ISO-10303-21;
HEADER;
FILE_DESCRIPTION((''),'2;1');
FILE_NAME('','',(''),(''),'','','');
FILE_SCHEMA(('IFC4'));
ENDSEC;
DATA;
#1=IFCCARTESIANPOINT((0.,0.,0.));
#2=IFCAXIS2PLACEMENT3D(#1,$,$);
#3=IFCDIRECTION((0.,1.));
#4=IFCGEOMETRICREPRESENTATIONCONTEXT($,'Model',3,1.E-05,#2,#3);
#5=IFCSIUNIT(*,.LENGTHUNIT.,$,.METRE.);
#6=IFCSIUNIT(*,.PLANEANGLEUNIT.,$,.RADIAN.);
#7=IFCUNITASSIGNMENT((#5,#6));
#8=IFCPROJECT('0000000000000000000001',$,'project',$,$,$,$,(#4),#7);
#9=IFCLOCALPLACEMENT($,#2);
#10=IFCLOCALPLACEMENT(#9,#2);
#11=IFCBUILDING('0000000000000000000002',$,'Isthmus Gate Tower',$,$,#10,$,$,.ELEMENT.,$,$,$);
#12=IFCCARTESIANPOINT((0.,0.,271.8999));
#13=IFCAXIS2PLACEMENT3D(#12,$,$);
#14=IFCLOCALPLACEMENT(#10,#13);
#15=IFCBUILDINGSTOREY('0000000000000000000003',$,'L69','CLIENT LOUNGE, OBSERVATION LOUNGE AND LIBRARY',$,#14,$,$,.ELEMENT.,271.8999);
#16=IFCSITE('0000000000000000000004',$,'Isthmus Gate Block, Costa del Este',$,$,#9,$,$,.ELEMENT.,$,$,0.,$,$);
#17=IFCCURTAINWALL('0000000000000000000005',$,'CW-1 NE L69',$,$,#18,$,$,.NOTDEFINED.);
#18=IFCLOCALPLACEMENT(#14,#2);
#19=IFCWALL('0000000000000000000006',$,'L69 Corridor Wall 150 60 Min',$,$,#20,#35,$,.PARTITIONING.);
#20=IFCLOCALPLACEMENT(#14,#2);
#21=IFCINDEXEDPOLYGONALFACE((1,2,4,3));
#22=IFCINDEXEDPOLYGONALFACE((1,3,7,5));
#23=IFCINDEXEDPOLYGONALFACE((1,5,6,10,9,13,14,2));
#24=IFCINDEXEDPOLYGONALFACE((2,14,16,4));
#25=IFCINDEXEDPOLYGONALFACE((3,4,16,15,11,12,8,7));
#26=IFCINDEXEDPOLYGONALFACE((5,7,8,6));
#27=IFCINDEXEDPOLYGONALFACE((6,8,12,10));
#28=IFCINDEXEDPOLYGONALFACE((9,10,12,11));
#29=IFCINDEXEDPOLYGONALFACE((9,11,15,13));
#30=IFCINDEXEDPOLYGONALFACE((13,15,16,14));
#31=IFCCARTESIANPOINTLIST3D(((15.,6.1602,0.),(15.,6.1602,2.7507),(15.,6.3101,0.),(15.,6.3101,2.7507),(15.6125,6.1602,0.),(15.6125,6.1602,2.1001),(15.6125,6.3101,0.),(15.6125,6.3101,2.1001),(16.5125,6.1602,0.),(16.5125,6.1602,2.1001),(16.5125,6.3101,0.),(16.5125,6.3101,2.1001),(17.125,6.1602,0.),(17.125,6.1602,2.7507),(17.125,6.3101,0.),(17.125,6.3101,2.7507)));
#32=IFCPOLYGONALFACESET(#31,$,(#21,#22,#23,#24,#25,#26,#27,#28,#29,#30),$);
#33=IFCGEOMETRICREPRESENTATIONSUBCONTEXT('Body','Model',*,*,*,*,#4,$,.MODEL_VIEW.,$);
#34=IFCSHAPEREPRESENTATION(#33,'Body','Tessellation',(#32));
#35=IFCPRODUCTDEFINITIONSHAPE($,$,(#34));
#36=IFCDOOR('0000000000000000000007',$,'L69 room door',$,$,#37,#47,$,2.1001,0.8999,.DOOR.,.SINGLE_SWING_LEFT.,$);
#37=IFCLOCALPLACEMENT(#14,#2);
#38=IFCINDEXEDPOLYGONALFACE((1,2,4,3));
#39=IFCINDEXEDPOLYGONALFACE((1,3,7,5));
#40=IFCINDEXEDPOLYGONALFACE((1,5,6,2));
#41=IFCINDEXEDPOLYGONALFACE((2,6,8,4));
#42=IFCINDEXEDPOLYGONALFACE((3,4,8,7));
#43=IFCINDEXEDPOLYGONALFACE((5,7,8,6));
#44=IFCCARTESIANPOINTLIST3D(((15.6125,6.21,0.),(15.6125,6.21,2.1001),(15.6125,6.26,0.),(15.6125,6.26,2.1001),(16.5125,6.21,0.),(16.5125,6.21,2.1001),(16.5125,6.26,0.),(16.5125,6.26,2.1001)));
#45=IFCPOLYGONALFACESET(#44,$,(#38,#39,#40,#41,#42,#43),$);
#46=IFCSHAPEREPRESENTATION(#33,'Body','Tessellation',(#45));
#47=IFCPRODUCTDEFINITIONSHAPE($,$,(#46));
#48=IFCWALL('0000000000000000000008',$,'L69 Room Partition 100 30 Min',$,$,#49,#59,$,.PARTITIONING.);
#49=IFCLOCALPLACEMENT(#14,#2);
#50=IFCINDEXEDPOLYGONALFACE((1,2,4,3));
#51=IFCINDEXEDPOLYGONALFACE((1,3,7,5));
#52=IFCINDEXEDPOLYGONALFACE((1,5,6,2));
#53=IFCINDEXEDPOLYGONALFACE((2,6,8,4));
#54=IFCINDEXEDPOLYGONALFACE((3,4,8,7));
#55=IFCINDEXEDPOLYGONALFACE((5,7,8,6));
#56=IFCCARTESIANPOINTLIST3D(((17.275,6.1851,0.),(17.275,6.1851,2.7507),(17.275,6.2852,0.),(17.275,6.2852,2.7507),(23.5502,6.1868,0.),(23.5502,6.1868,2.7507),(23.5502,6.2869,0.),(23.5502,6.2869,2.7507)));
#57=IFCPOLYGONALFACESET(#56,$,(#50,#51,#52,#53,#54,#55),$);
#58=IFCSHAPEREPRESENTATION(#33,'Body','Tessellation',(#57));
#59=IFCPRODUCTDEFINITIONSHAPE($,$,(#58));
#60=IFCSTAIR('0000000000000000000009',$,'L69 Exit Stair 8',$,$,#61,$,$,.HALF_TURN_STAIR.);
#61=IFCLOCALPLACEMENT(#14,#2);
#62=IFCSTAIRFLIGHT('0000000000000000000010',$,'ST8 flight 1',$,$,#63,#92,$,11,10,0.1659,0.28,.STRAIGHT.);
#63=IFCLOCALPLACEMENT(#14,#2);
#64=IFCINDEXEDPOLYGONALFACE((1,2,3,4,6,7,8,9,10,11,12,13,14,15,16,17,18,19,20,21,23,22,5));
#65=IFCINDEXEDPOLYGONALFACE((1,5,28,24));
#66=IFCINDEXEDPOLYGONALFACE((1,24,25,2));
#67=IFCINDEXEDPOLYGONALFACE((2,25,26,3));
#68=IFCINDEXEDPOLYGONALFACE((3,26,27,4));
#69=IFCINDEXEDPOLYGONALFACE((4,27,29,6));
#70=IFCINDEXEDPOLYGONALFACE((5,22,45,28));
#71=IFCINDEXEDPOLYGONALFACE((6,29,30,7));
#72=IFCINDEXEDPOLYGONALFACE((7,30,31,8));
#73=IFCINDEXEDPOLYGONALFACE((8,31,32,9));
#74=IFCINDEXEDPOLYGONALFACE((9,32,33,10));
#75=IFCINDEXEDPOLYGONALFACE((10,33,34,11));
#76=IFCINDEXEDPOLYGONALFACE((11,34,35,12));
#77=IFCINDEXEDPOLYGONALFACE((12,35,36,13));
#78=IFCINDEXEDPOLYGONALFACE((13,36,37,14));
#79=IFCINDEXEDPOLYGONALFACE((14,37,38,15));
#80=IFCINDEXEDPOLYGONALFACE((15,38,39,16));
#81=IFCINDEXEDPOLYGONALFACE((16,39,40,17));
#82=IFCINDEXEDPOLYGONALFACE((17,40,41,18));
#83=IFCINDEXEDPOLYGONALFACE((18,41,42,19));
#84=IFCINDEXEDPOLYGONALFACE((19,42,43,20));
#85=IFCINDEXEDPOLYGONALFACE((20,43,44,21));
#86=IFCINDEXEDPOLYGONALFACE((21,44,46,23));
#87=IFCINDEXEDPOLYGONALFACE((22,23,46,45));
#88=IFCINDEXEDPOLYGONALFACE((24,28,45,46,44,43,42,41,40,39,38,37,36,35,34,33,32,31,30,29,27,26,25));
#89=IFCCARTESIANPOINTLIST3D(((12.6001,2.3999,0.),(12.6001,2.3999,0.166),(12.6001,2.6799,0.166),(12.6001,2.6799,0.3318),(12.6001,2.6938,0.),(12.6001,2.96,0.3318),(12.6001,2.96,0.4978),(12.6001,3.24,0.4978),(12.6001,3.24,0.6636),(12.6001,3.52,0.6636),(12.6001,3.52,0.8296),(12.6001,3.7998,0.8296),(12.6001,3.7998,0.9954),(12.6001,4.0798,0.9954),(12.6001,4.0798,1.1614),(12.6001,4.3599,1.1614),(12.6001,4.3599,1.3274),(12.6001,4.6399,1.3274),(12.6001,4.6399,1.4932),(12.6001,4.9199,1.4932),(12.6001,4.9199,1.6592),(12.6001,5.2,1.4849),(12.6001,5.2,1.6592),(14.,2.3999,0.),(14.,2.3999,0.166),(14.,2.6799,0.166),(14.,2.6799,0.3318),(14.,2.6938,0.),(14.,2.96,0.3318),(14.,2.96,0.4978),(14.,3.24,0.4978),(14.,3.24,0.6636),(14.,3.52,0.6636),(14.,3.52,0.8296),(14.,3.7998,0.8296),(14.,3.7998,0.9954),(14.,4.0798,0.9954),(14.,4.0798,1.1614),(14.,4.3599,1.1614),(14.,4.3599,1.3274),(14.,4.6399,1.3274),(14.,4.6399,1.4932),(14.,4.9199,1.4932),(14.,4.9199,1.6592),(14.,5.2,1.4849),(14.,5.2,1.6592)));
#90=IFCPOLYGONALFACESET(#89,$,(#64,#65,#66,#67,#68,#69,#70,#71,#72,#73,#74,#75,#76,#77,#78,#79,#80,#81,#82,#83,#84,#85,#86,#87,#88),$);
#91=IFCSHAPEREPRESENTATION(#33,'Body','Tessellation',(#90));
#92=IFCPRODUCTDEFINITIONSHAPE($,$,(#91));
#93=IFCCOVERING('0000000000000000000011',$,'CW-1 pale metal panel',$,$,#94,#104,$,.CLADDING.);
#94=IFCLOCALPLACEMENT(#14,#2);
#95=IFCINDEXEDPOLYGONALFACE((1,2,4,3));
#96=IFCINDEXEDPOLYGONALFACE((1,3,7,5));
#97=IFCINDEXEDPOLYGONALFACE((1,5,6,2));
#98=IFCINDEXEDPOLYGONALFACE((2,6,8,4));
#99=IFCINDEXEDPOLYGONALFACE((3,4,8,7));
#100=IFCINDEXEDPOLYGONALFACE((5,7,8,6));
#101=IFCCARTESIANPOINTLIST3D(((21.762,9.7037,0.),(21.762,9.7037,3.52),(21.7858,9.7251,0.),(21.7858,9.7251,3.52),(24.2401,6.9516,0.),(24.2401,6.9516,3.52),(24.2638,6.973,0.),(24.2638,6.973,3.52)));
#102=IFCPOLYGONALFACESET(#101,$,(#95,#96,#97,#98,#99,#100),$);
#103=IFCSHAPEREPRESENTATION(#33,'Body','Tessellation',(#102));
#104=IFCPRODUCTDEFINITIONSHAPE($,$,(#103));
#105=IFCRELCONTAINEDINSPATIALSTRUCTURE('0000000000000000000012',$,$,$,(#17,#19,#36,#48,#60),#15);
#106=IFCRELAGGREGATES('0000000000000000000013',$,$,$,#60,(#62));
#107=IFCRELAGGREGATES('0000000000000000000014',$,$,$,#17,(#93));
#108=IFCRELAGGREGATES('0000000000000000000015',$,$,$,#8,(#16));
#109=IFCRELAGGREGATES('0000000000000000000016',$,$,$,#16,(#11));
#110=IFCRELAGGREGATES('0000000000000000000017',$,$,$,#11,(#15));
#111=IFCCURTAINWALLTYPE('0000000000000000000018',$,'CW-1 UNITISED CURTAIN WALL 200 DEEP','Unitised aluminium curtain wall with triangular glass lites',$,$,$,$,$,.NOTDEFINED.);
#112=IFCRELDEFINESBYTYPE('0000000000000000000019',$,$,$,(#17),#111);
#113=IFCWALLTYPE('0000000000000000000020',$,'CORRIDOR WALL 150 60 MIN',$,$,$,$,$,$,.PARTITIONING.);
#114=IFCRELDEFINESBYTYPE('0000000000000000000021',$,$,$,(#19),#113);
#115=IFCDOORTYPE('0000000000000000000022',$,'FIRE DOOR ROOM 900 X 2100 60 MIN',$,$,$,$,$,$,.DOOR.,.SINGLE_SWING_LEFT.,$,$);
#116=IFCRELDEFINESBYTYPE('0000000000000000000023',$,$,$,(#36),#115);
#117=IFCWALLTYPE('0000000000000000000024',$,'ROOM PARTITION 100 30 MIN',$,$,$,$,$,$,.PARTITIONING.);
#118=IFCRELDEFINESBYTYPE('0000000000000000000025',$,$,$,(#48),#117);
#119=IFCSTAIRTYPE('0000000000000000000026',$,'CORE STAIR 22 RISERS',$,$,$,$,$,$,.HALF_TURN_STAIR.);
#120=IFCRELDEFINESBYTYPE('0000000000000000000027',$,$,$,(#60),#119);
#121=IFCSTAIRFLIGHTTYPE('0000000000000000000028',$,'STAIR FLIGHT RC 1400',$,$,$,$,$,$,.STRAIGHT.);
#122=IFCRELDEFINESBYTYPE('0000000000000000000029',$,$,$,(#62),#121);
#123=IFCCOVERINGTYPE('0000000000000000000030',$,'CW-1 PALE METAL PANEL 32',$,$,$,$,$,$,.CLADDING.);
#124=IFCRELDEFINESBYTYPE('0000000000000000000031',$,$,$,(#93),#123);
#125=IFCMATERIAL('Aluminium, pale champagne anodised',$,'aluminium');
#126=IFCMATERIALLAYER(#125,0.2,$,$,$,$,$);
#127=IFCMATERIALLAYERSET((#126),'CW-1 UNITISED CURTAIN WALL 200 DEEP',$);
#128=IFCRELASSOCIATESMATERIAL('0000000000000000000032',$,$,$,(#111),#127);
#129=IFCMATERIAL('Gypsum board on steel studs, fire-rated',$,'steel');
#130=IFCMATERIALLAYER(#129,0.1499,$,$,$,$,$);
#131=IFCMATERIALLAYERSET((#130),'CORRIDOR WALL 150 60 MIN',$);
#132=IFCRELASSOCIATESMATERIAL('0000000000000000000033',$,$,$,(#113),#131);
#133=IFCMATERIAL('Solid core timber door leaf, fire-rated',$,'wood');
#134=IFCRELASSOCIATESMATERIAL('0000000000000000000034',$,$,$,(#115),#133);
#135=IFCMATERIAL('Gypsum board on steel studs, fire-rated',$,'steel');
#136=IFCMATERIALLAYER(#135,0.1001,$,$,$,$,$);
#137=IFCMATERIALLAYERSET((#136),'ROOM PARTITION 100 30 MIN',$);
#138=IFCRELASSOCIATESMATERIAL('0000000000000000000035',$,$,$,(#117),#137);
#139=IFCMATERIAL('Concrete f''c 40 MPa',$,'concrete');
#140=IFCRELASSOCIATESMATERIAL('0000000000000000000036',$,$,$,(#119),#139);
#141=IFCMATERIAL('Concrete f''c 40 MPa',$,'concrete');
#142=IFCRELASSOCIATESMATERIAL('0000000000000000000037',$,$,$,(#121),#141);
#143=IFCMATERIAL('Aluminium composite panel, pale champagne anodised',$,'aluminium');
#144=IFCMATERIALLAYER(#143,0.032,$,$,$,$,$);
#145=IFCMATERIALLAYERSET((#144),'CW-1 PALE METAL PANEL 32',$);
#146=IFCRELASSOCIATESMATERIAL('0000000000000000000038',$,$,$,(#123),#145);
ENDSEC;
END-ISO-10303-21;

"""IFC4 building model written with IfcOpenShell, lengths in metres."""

from ifc_helpers import new_model, si_unit, direction, frame, frame_2d, origin, origin_2d, place, context, subcontext, project, spatial, polyline, rectangle, outline, extrude, material, layer, layer_set, type_object, element, fill, aggregate, save


model = new_model("IFC4")

# Units and contexts
model_context = context("Model", 3, precision=1e-05, world=origin(), true_north=direction((0.0, 1.0)))
body_context = subcontext(model_context, "Body", "Model", "MODEL_VIEW")
ifc_project = project(units=[si_unit("LENGTHUNIT", "METRE"), si_unit("PLANEANGLEUNIT", "RADIAN")], contexts=[model_context])

# Site, building, storey
site_placement = place(None, origin())
site = spatial("IfcSite", under=ifc_project, at=site_placement, Name="Isthmus Gate Block, Costa del Este", CompositionType="ELEMENT", RefElevation=0.0)
building_placement = place(site_placement, origin())
building = spatial("IfcBuilding", under=site, at=building_placement, Name="Isthmus Gate Tower", CompositionType="ELEMENT")
storey_placement = place(building_placement, frame((0.0, 0.0, 271.8999)))
storey = spatial("IfcBuildingStorey", under=building, at=storey_placement, Name="L69", Description="CLIENT LOUNGE, OBSERVATION LOUNGE AND LIBRARY", CompositionType="ELEMENT", Elevation=271.8999)

# Curtain wall
ifc_material_1 = material(Name="Aluminium, pale champagne anodised", Category="aluminium")
ifc_layer_1 = layer(ifc_material_1, 0.2)
ifc_layer_set_1 = layer_set([ifc_layer_1], Name="CW-1 UNITISED CURTAIN WALL 200 DEEP")
curtain_wall_type = type_object("IfcCurtainWallType", Name="CW-1 UNITISED CURTAIN WALL 200 DEEP", Description="Unitised aluminium curtain wall with triangular glass lites", PredefinedType="NOTDEFINED", material=ifc_layer_set_1)
curtain_wall_1_placement = place(storey_placement, origin())
curtain_wall_1 = element("IfcCurtainWall", 1, at=curtain_wall_1_placement, inside=storey, type_object=curtain_wall_type, Name="CW-1 NE L69", PredefinedType="NOTDEFINED")

# Wall, opening, door
ifc_material_2 = material(Name="Gypsum board on steel studs, fire-rated", Category="steel")
ifc_layer_2 = layer(ifc_material_2, 0.1499)
ifc_layer_set_2 = layer_set([ifc_layer_2], Name="CORRIDOR WALL 150 60 MIN")
wall_type_1 = type_object("IfcWallType", Name="CORRIDOR WALL 150 60 MIN", PredefinedType="PARTITIONING", material=ifc_layer_set_2)
wall_1_placement = place(storey_placement, frame((15.0, 6.2351, 0.0), z_axis=(0.0, 0.0, 1.0), x_axis=(1.0, 0.0, 0.0)))
wall_1 = element("IfcWall", 2, at=wall_1_placement, inside=storey, type_object=wall_type_1, Name="L69 Corridor Wall 150 60 Min", PredefinedType="PARTITIONING", context=body_context, shape_type="SweptSolid", body=[
    extrude(rectangle(XDim=2.125, YDim=0.1499, at=frame_2d((1.0625, 0.0))), origin(), (0.0, 0.0, 1.0), 2.7507),
])
opening_1_placement = place(wall_1_placement, frame((0.6125, 0.0, 0.0)))
opening_1 = element("IfcOpeningElement", 3, at=opening_1_placement, cuts=wall_1, PredefinedType="OPENING", context=body_context, shape_type="SweptSolid", body=[
    extrude(rectangle(XDim=0.8999, YDim=2.1001, at=frame_2d((0.45, 1.05))), frame((0.0, 0.085, 0.0), z_axis=(0.0, -1.0, 0.0), x_axis=(1.0, 0.0, 0.0)), (0.0, 0.0, 1.0), 0.1699),
])
ifc_material_3 = material(Name="Solid core timber door leaf, fire-rated", Category="wood")
door_type_1 = type_object("IfcDoorType", Name="FIRE DOOR ROOM 900 X 2100 60 MIN", OperationType="SINGLE_SWING_LEFT", PredefinedType="DOOR", material=ifc_material_3)
door_1_placement = place(opening_1_placement, origin())
door_1 = element("IfcDoor", 4, at=door_1_placement, inside=storey, type_object=door_type_1, Name="L69 room door", OperationType="SINGLE_SWING_LEFT", OverallHeight=2.1001, OverallWidth=0.8999, PredefinedType="DOOR", context=body_context, shape_type="SweptSolid", body=[
    extrude(rectangle(XDim=0.8999, YDim=2.1001, at=frame_2d((0.45, 1.05))), frame((0.0, 0.0249, 0.0), z_axis=(0.0, -1.0, 0.0), x_axis=(1.0, 0.0, 0.0)), (0.0, 0.0, 1.0), 0.05),
])
fill(opening_1, door_1)

# Wall
ifc_material_4 = material(Name="Gypsum board on steel studs, fire-rated", Category="steel")
ifc_layer_3 = layer(ifc_material_4, 0.1001)
ifc_layer_set_3 = layer_set([ifc_layer_3], Name="ROOM PARTITION 100 30 MIN")
wall_type_2 = type_object("IfcWallType", Name="ROOM PARTITION 100 30 MIN", PredefinedType="PARTITIONING", material=ifc_layer_set_3)
wall_2_placement = place(storey_placement, frame((17.2749, 6.2351, 0.0), z_axis=(0.0, 0.0, 1.0), x_axis=(1.0, 0.000272, 0.0)))
element("IfcWall", 5, at=wall_2_placement, inside=storey, type_object=wall_type_2, Name="L69 Room Partition 100 30 Min", PredefinedType="PARTITIONING", context=body_context, shape_type="SweptSolid", body=[
    extrude(rectangle(XDim=6.2751, YDim=0.1001, at=frame_2d((3.1377, 0.0))), origin(), (0.0, 0.0, 1.0), 2.7507),
])

# Stair, stair flight
ifc_material_5 = material(Name="Concrete f'c 40 MPa", Category="concrete")
stair_type = type_object("IfcStairType", Name="CORE STAIR 22 RISERS", PredefinedType="HALF_TURN_STAIR", material=ifc_material_5)
stair_placement = place(storey_placement, origin())
stair = element("IfcStair", 6, at=stair_placement, inside=storey, type_object=stair_type, Name="L69 Exit Stair 8", PredefinedType="HALF_TURN_STAIR")
ifc_material_6 = material(Name="Concrete f'c 40 MPa", Category="concrete")
stair_flight_type = type_object("IfcStairFlightType", Name="STAIR FLIGHT RC 1400", PredefinedType="STRAIGHT", material=ifc_material_6)
stair_flight_placement = place(storey_placement, frame((13.3, 2.3999, 0.0), z_axis=(0.0, 0.0, 1.0), x_axis=(0.0, 1.0, 0.0)))
stair_flight = element("IfcStairFlight", 7, at=stair_flight_placement, type_object=stair_flight_type, Name="ST8 flight 1", NumberOfRisers=11, NumberOfTreads=10, PredefinedType="STRAIGHT", RiserHeight=0.1659, TreadLength=0.28, context=body_context, shape_type="SweptSolid", body=[
    extrude(outline(polyline([(0.0, 0.0), (0.0, 0.166), (0.28, 0.166), (0.28, 0.3318), (0.5601, 0.3318), (0.5601, 0.4978), (0.8401, 0.4978), (0.8401, 0.6636), (1.1201, 0.6636), (1.1201, 0.8296), (1.3999, 0.8296), (1.3999, 0.9954), (1.6799, 0.9954), (1.6799, 1.1614), (1.96, 1.1614), (1.96, 1.3274), (2.24, 1.3274), (2.24, 1.4932), (2.52, 1.4932), (2.52, 1.6592), (2.8, 1.6592), (2.8, 1.825), (2.8, 1.4849), (0.2939, 0.0), (0.0, 0.0)])), frame((0.0, 0.7, 0.0), z_axis=(0.0, -1.0, 0.0), x_axis=(1.0, 0.0, 0.0)), (0.0, 0.0, 1.0), 1.3999),
])
aggregate(stair, [stair_flight])

# Covering
ifc_material_7 = material(Name="Aluminium composite panel, pale champagne anodised", Category="aluminium")
ifc_layer_4 = layer(ifc_material_7, 0.032)
ifc_layer_set_4 = layer_set([ifc_layer_4], Name="CW-1 PALE METAL PANEL 32")
covering_type = type_object("IfcCoveringType", Name="CW-1 PALE METAL PANEL 32", PredefinedType="CLADDING", material=ifc_layer_set_4)
covering_placement = place(storey_placement, frame((23.0129, 8.3384, 0.0), z_axis=(0.0, 0.0, 1.0), x_axis=(-0.669131, 0.743145, 0.0)))
covering = element("IfcCovering", 8, at=covering_placement, type_object=covering_type, Name="CW-1 pale metal panel", PredefinedType="CLADDING", context=body_context, shape_type="SweptSolid", body=[
    extrude(rectangle(XDim=3.7034, YDim=0.032, at=origin_2d()), origin(), (0.0, 0.0, 1.0), 3.52),
])
aggregate(curtain_wall_1, [covering])

save(model, "model.ifc")
